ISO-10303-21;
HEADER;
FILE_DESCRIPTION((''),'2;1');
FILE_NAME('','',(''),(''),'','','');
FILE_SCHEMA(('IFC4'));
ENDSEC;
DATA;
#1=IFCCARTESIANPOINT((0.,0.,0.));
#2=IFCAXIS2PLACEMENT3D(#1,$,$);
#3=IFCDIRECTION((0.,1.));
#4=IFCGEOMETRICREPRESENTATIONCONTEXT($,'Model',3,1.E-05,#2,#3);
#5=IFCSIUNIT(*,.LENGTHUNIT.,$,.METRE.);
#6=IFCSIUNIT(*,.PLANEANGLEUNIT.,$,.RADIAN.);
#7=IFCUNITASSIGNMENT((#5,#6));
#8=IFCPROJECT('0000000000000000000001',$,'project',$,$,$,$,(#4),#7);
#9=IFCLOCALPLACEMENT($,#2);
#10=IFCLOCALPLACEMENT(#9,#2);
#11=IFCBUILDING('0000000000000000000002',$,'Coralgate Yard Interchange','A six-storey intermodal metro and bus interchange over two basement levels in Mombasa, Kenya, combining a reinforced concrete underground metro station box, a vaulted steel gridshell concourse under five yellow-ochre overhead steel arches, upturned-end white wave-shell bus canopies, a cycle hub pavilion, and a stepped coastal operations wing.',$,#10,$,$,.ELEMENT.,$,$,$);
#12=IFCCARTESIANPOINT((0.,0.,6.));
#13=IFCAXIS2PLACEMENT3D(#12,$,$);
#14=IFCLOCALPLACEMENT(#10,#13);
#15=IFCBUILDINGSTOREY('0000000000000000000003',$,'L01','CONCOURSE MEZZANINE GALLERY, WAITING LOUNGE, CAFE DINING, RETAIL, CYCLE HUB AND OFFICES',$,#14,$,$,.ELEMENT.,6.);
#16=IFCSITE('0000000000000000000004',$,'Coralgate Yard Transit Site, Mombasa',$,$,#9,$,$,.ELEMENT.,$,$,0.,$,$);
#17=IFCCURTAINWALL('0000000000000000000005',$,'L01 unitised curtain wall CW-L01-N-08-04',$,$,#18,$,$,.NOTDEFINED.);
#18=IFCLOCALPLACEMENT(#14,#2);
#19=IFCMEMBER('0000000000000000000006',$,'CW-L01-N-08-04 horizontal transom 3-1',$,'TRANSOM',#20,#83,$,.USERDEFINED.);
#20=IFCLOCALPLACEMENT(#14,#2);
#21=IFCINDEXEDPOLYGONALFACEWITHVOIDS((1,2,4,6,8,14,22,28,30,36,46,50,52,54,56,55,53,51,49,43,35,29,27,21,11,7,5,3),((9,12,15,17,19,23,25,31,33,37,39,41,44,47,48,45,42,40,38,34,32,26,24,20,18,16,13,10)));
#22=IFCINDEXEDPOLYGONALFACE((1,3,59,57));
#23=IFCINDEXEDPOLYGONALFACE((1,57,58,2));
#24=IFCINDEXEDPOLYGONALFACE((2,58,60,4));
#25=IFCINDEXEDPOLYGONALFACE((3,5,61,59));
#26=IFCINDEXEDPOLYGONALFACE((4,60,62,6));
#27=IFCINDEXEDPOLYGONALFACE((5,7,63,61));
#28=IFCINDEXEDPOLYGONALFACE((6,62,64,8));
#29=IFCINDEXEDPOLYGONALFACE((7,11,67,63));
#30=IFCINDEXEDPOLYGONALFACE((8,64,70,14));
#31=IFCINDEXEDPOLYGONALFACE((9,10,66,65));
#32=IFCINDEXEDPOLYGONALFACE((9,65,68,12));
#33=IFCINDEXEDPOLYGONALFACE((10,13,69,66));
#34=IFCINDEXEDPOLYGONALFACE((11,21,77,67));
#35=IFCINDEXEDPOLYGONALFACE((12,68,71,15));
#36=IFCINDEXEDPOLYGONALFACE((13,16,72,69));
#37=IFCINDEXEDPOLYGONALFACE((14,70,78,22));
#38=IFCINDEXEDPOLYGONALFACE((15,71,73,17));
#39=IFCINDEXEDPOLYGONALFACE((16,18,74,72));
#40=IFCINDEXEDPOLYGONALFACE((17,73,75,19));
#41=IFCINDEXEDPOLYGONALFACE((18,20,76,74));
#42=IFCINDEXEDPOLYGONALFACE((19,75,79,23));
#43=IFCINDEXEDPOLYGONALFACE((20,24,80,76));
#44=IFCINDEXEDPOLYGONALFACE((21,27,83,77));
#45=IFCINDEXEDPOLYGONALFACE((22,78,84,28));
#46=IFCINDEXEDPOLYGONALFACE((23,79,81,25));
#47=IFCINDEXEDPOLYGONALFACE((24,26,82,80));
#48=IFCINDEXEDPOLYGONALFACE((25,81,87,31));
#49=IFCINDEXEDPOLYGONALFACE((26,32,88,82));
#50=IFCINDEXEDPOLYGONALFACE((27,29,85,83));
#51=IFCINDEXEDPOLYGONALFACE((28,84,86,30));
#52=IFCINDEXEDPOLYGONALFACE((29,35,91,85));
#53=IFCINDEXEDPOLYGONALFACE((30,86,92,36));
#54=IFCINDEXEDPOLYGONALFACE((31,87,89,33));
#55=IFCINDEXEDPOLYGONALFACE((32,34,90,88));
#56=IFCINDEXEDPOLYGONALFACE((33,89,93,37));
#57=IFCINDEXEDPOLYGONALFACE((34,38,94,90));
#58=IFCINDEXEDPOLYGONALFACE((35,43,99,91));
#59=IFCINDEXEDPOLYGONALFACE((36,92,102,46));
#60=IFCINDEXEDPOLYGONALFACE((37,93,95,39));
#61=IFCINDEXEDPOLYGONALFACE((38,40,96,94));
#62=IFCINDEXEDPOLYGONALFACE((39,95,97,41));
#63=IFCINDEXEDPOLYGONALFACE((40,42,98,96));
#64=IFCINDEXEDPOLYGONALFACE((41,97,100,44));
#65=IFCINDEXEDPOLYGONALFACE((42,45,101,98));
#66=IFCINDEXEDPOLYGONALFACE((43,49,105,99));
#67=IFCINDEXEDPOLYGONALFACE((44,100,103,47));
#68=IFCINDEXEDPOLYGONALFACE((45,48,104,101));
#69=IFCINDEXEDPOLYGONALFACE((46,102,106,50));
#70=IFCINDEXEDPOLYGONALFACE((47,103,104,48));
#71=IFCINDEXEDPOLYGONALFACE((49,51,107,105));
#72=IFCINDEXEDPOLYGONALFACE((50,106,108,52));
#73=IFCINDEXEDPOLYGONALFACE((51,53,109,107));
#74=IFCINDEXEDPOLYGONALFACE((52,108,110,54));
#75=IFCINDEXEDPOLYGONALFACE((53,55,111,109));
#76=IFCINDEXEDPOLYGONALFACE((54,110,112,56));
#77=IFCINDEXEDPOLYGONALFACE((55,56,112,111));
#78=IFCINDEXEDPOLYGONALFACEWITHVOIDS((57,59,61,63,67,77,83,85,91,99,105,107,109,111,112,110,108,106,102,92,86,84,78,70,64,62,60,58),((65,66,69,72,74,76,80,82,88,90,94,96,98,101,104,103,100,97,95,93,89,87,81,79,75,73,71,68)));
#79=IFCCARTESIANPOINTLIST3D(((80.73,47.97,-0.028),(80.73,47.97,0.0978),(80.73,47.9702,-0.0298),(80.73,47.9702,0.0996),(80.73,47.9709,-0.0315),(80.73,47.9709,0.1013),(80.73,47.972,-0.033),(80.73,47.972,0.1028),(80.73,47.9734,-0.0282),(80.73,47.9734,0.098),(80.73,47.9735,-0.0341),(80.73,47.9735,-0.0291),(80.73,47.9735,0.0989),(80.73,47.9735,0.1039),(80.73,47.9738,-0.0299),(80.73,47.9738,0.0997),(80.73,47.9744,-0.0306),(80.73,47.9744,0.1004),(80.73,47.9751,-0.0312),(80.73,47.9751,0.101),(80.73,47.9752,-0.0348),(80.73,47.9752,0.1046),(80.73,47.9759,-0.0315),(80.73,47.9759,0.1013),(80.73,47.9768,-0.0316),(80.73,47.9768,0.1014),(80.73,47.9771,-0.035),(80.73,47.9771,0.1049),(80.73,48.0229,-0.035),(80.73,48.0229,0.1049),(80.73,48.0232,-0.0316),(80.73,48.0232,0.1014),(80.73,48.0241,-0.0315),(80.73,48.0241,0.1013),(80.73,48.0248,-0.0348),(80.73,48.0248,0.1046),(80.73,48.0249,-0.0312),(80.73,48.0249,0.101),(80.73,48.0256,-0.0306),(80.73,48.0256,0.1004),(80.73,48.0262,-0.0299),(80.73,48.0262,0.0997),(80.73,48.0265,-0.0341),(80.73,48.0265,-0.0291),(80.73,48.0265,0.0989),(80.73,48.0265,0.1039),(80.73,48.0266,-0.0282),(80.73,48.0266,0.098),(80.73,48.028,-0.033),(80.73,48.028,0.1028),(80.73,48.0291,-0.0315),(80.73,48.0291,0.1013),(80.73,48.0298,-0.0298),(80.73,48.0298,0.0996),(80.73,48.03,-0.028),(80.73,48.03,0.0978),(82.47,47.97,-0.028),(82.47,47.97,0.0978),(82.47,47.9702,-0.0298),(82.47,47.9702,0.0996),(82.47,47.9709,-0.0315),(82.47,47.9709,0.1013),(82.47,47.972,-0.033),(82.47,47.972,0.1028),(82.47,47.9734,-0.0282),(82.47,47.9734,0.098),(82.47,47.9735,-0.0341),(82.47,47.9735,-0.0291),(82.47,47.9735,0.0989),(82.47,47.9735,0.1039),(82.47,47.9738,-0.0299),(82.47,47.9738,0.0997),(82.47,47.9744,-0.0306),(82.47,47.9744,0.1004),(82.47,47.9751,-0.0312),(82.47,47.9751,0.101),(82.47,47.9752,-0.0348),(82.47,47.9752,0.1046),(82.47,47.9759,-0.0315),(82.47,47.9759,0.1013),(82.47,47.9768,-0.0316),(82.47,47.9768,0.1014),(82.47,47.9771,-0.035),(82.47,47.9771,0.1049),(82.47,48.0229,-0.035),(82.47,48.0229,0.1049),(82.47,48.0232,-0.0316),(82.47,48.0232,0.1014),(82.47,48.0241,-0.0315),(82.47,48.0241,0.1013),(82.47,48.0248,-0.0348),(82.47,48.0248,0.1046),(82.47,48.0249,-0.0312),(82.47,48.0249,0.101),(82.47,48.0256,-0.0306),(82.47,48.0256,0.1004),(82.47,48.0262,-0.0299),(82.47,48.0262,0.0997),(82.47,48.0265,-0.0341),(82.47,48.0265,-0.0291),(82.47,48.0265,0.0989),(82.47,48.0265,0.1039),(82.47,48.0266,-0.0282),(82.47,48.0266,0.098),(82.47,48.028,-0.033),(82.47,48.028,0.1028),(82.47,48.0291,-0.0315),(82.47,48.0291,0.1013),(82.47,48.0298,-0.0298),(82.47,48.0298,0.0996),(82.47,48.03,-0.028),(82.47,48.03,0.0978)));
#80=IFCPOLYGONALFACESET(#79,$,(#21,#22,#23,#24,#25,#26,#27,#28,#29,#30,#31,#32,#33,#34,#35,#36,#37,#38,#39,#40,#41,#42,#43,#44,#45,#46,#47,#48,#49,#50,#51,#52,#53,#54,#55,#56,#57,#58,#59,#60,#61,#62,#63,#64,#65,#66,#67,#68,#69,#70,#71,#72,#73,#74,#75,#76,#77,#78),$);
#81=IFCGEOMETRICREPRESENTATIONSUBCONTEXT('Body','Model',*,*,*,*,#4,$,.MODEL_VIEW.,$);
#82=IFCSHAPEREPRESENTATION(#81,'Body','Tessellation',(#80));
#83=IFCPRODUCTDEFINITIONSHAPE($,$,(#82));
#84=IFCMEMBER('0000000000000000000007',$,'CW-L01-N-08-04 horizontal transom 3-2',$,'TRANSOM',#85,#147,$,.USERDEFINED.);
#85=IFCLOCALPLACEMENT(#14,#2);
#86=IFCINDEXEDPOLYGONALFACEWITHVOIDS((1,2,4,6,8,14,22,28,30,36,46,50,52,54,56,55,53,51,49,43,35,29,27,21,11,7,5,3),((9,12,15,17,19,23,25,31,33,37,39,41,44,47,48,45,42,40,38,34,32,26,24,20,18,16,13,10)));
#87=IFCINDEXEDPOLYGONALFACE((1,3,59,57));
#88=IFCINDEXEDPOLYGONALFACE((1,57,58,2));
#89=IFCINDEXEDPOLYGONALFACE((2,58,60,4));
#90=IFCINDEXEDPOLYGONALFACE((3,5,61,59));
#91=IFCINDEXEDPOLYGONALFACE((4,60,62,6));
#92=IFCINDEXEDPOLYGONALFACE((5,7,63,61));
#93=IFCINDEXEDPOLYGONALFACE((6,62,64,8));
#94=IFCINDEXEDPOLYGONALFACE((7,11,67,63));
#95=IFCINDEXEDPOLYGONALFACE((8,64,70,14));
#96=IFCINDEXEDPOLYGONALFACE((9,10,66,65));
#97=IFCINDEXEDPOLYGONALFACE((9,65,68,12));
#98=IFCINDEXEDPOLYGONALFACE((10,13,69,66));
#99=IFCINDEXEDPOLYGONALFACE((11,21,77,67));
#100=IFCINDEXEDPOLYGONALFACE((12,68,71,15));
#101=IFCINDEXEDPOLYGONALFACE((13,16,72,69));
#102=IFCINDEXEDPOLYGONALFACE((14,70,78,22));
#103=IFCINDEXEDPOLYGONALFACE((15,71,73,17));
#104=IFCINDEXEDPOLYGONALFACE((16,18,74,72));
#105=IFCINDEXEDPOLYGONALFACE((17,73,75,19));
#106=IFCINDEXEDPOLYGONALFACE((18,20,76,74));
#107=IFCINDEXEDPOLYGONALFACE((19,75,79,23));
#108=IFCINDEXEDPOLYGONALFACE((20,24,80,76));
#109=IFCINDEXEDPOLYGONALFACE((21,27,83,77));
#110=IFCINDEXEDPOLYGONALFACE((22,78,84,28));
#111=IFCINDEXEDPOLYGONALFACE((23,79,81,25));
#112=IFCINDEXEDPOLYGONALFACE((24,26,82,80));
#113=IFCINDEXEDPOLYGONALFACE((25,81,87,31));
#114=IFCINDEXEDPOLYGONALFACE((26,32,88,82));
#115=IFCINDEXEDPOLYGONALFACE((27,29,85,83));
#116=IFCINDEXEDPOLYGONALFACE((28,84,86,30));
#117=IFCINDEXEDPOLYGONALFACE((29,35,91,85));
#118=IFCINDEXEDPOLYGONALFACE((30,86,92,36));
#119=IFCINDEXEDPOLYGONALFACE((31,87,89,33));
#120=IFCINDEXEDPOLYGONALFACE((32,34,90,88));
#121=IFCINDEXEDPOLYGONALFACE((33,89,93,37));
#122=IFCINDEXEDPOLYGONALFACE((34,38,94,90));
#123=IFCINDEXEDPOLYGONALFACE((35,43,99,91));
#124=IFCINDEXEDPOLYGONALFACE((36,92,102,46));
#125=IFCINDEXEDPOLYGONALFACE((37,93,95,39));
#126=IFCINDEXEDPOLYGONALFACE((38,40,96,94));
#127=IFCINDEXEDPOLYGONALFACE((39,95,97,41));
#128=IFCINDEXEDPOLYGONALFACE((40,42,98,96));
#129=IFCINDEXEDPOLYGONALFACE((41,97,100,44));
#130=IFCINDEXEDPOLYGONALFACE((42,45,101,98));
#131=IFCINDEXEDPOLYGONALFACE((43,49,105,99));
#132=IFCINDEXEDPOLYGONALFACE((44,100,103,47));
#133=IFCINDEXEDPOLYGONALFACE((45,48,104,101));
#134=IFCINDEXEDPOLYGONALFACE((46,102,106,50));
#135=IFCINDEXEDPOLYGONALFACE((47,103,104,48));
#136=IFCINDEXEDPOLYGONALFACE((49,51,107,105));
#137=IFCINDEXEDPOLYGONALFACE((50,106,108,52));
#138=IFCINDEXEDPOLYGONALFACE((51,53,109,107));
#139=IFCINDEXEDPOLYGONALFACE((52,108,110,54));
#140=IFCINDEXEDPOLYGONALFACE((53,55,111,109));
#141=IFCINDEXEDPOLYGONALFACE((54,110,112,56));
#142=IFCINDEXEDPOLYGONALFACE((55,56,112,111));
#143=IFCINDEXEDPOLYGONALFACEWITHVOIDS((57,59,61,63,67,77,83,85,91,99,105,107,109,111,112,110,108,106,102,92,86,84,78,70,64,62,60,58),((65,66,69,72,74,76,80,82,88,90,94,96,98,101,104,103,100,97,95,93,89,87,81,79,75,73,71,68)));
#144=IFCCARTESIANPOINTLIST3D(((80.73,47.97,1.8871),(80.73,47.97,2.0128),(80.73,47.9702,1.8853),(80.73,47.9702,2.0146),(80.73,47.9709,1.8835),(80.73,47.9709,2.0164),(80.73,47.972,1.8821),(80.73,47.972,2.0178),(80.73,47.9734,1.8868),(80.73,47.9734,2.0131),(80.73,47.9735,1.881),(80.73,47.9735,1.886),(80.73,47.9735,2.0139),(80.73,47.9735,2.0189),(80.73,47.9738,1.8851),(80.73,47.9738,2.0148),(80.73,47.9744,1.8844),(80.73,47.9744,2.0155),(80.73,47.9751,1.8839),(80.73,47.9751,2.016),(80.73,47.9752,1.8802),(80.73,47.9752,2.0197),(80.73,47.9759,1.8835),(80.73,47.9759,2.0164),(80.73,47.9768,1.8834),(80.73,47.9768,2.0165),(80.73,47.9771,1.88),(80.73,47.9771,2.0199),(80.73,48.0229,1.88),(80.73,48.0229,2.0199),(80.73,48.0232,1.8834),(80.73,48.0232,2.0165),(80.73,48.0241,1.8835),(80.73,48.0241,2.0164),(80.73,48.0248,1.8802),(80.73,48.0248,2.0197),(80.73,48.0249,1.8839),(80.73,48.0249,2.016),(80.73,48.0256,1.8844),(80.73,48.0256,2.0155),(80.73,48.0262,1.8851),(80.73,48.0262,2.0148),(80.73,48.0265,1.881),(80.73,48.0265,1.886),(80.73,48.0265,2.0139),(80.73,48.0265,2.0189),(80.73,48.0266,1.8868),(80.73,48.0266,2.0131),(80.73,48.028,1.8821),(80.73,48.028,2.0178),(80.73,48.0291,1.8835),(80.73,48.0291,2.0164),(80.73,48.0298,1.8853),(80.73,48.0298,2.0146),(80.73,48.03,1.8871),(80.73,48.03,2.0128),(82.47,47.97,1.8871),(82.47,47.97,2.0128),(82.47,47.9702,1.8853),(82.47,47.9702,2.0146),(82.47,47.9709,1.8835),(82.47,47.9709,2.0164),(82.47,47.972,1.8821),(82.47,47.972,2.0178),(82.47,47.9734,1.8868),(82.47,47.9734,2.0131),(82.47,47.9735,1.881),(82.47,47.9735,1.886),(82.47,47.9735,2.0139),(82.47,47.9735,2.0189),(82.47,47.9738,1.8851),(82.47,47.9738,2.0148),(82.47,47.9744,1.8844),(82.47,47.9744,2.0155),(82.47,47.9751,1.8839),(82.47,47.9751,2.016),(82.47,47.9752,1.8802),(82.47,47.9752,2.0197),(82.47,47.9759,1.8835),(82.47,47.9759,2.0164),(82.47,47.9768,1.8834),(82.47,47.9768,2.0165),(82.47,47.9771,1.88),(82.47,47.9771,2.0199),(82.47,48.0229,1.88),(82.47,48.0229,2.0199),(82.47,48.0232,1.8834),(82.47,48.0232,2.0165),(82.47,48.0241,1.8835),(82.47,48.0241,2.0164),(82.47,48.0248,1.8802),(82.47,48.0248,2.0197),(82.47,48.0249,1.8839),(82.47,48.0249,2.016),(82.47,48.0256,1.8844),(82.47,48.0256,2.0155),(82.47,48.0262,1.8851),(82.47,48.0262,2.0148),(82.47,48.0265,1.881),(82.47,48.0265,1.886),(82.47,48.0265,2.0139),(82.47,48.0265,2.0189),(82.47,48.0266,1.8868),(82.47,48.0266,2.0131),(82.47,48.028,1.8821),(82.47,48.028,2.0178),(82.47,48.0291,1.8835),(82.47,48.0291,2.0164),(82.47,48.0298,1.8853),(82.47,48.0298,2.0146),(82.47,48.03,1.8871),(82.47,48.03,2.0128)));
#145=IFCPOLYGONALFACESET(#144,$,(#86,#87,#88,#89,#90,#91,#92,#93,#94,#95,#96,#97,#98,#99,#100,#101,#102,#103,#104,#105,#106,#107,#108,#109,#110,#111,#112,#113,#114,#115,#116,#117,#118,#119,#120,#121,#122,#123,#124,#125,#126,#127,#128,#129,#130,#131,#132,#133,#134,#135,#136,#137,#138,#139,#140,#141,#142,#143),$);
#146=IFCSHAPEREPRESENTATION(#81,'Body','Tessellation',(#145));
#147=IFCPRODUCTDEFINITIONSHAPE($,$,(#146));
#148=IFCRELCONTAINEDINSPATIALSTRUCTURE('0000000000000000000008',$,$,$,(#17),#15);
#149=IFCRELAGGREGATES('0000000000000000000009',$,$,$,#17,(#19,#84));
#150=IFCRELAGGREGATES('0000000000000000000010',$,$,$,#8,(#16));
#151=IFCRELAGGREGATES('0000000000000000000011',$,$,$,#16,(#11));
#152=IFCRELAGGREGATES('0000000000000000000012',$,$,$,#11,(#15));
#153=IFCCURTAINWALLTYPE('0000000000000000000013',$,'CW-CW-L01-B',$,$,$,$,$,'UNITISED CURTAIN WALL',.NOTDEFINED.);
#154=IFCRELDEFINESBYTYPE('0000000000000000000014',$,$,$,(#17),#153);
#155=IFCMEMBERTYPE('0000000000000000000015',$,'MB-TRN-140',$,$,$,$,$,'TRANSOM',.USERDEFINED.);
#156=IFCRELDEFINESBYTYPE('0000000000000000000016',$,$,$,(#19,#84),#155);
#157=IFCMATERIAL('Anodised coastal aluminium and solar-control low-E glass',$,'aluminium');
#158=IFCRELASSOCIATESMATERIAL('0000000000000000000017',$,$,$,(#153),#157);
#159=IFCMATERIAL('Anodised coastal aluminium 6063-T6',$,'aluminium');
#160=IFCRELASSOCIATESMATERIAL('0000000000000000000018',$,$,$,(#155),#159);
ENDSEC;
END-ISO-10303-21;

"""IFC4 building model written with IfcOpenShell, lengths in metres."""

from ifc_helpers import new_model, si_unit, direction, frame, origin, origin_2d, place, context, subcontext, project, spatial, hollow_rectangle, extrude, material, material_profile, profile_set, type_object, element, aggregate, save


model = new_model("IFC4")

# Units and contexts
model_context = context("Model", 3, precision=1e-05, world=origin(), true_north=direction((0.0, 1.0)))
body_context = subcontext(model_context, "Body", "Model", "MODEL_VIEW")
ifc_project = project(units=[si_unit("LENGTHUNIT", "METRE"), si_unit("PLANEANGLEUNIT", "RADIAN")], contexts=[model_context])

# Site, building, storey
site_placement = place(None, origin())
site = spatial("IfcSite", under=ifc_project, at=site_placement, Name="Coralgate Yard Transit Site, Mombasa", CompositionType="ELEMENT", RefElevation=0.0)
building_placement = place(site_placement, origin())
building = spatial("IfcBuilding", under=site, at=building_placement, Name="Coralgate Yard Interchange", Description="A six-storey intermodal metro and bus interchange over two basement levels in Mombasa, Kenya, combining a reinforced concrete underground metro station box, a vaulted steel gridshell concourse under five yellow-ochre overhead steel arches, upturned-end white wave-shell bus canopies, a cycle hub pavilion, and a stepped coastal operations wing.", CompositionType="ELEMENT")
storey_placement = place(building_placement, frame((0.0, 0.0, 6.0)))
storey = spatial("IfcBuildingStorey", under=building, at=storey_placement, Name="L01", Description="CONCOURSE MEZZANINE GALLERY, WAITING LOUNGE, CAFE DINING, RETAIL, CYCLE HUB AND OFFICES", CompositionType="ELEMENT", Elevation=6.0)

# Curtain wall, members
ifc_material_1 = material(Name="Anodised coastal aluminium and solar-control low-E glass", Category="aluminium")
curtain_wall_type = type_object("IfcCurtainWallType", Name="CW-CW-L01-B", ElementType="UNITISED CURTAIN WALL", PredefinedType="NOTDEFINED", material=ifc_material_1)
curtain_wall_placement = place(storey_placement, origin())
curtain_wall = element("IfcCurtainWall", 1, at=curtain_wall_placement, inside=storey, type_object=curtain_wall_type, Name="L01 unitised curtain wall CW-L01-N-08-04", PredefinedType="NOTDEFINED")
ifc_material_2 = material(Name="Anodised coastal aluminium 6063-T6", Category="aluminium")
ifc_material_profile_1 = material_profile(ifc_material_2, hollow_rectangle(XDim=0.0601, YDim=0.1399, WallThickness=0.0034, InnerFilletRadius=0.0034, OuterFilletRadius=0.0071, at=origin_2d()), Name="ALU 60x140x3.5")
ifc_profile_set_1 = profile_set([ifc_material_profile_1], Name="Anodised coastal aluminium 6063-T6")
member_type_1 = type_object("IfcMemberType", Name="MB-TRN-140", ElementType="TRANSOM", PredefinedType="USERDEFINED", material=ifc_profile_set_1)
member_1_placement = place(storey_placement, frame((80.73, 48.0, 0.0349), z_axis=(1.0, 0.0, 0.0), x_axis=(0.0, 1.0, 0.0)))
member_1 = element("IfcMember", 2, at=member_1_placement, type_object=member_type_1, Name="CW-L01-N-08-04 horizontal transom 3-1", ObjectType="TRANSOM", PredefinedType="USERDEFINED", context=body_context, shape_type="SweptSolid", body=[
    extrude(hollow_rectangle(XDim=0.0601, YDim=0.1399, WallThickness=0.0034, InnerFilletRadius=0.0034, OuterFilletRadius=0.0071, at=origin_2d()), origin(), (0.0, 0.0, 1.0), 1.74),
])
member_2_placement = place(storey_placement, frame((80.73, 48.0, 1.95), z_axis=(1.0, 0.0, 0.0), x_axis=(0.0, 1.0, 0.0)))
member_2 = element("IfcMember", 3, at=member_2_placement, type_object=member_type_1, Name="CW-L01-N-08-04 horizontal transom 3-2", ObjectType="TRANSOM", PredefinedType="USERDEFINED", context=body_context, shape_type="SweptSolid", body=[
    extrude(hollow_rectangle(XDim=0.0601, YDim=0.1399, WallThickness=0.0034, InnerFilletRadius=0.0034, OuterFilletRadius=0.0071, at=origin_2d()), origin(), (0.0, 0.0, 1.0), 1.74),
])
aggregate(curtain_wall, [member_1, member_2])

save(model, "model.ifc")
